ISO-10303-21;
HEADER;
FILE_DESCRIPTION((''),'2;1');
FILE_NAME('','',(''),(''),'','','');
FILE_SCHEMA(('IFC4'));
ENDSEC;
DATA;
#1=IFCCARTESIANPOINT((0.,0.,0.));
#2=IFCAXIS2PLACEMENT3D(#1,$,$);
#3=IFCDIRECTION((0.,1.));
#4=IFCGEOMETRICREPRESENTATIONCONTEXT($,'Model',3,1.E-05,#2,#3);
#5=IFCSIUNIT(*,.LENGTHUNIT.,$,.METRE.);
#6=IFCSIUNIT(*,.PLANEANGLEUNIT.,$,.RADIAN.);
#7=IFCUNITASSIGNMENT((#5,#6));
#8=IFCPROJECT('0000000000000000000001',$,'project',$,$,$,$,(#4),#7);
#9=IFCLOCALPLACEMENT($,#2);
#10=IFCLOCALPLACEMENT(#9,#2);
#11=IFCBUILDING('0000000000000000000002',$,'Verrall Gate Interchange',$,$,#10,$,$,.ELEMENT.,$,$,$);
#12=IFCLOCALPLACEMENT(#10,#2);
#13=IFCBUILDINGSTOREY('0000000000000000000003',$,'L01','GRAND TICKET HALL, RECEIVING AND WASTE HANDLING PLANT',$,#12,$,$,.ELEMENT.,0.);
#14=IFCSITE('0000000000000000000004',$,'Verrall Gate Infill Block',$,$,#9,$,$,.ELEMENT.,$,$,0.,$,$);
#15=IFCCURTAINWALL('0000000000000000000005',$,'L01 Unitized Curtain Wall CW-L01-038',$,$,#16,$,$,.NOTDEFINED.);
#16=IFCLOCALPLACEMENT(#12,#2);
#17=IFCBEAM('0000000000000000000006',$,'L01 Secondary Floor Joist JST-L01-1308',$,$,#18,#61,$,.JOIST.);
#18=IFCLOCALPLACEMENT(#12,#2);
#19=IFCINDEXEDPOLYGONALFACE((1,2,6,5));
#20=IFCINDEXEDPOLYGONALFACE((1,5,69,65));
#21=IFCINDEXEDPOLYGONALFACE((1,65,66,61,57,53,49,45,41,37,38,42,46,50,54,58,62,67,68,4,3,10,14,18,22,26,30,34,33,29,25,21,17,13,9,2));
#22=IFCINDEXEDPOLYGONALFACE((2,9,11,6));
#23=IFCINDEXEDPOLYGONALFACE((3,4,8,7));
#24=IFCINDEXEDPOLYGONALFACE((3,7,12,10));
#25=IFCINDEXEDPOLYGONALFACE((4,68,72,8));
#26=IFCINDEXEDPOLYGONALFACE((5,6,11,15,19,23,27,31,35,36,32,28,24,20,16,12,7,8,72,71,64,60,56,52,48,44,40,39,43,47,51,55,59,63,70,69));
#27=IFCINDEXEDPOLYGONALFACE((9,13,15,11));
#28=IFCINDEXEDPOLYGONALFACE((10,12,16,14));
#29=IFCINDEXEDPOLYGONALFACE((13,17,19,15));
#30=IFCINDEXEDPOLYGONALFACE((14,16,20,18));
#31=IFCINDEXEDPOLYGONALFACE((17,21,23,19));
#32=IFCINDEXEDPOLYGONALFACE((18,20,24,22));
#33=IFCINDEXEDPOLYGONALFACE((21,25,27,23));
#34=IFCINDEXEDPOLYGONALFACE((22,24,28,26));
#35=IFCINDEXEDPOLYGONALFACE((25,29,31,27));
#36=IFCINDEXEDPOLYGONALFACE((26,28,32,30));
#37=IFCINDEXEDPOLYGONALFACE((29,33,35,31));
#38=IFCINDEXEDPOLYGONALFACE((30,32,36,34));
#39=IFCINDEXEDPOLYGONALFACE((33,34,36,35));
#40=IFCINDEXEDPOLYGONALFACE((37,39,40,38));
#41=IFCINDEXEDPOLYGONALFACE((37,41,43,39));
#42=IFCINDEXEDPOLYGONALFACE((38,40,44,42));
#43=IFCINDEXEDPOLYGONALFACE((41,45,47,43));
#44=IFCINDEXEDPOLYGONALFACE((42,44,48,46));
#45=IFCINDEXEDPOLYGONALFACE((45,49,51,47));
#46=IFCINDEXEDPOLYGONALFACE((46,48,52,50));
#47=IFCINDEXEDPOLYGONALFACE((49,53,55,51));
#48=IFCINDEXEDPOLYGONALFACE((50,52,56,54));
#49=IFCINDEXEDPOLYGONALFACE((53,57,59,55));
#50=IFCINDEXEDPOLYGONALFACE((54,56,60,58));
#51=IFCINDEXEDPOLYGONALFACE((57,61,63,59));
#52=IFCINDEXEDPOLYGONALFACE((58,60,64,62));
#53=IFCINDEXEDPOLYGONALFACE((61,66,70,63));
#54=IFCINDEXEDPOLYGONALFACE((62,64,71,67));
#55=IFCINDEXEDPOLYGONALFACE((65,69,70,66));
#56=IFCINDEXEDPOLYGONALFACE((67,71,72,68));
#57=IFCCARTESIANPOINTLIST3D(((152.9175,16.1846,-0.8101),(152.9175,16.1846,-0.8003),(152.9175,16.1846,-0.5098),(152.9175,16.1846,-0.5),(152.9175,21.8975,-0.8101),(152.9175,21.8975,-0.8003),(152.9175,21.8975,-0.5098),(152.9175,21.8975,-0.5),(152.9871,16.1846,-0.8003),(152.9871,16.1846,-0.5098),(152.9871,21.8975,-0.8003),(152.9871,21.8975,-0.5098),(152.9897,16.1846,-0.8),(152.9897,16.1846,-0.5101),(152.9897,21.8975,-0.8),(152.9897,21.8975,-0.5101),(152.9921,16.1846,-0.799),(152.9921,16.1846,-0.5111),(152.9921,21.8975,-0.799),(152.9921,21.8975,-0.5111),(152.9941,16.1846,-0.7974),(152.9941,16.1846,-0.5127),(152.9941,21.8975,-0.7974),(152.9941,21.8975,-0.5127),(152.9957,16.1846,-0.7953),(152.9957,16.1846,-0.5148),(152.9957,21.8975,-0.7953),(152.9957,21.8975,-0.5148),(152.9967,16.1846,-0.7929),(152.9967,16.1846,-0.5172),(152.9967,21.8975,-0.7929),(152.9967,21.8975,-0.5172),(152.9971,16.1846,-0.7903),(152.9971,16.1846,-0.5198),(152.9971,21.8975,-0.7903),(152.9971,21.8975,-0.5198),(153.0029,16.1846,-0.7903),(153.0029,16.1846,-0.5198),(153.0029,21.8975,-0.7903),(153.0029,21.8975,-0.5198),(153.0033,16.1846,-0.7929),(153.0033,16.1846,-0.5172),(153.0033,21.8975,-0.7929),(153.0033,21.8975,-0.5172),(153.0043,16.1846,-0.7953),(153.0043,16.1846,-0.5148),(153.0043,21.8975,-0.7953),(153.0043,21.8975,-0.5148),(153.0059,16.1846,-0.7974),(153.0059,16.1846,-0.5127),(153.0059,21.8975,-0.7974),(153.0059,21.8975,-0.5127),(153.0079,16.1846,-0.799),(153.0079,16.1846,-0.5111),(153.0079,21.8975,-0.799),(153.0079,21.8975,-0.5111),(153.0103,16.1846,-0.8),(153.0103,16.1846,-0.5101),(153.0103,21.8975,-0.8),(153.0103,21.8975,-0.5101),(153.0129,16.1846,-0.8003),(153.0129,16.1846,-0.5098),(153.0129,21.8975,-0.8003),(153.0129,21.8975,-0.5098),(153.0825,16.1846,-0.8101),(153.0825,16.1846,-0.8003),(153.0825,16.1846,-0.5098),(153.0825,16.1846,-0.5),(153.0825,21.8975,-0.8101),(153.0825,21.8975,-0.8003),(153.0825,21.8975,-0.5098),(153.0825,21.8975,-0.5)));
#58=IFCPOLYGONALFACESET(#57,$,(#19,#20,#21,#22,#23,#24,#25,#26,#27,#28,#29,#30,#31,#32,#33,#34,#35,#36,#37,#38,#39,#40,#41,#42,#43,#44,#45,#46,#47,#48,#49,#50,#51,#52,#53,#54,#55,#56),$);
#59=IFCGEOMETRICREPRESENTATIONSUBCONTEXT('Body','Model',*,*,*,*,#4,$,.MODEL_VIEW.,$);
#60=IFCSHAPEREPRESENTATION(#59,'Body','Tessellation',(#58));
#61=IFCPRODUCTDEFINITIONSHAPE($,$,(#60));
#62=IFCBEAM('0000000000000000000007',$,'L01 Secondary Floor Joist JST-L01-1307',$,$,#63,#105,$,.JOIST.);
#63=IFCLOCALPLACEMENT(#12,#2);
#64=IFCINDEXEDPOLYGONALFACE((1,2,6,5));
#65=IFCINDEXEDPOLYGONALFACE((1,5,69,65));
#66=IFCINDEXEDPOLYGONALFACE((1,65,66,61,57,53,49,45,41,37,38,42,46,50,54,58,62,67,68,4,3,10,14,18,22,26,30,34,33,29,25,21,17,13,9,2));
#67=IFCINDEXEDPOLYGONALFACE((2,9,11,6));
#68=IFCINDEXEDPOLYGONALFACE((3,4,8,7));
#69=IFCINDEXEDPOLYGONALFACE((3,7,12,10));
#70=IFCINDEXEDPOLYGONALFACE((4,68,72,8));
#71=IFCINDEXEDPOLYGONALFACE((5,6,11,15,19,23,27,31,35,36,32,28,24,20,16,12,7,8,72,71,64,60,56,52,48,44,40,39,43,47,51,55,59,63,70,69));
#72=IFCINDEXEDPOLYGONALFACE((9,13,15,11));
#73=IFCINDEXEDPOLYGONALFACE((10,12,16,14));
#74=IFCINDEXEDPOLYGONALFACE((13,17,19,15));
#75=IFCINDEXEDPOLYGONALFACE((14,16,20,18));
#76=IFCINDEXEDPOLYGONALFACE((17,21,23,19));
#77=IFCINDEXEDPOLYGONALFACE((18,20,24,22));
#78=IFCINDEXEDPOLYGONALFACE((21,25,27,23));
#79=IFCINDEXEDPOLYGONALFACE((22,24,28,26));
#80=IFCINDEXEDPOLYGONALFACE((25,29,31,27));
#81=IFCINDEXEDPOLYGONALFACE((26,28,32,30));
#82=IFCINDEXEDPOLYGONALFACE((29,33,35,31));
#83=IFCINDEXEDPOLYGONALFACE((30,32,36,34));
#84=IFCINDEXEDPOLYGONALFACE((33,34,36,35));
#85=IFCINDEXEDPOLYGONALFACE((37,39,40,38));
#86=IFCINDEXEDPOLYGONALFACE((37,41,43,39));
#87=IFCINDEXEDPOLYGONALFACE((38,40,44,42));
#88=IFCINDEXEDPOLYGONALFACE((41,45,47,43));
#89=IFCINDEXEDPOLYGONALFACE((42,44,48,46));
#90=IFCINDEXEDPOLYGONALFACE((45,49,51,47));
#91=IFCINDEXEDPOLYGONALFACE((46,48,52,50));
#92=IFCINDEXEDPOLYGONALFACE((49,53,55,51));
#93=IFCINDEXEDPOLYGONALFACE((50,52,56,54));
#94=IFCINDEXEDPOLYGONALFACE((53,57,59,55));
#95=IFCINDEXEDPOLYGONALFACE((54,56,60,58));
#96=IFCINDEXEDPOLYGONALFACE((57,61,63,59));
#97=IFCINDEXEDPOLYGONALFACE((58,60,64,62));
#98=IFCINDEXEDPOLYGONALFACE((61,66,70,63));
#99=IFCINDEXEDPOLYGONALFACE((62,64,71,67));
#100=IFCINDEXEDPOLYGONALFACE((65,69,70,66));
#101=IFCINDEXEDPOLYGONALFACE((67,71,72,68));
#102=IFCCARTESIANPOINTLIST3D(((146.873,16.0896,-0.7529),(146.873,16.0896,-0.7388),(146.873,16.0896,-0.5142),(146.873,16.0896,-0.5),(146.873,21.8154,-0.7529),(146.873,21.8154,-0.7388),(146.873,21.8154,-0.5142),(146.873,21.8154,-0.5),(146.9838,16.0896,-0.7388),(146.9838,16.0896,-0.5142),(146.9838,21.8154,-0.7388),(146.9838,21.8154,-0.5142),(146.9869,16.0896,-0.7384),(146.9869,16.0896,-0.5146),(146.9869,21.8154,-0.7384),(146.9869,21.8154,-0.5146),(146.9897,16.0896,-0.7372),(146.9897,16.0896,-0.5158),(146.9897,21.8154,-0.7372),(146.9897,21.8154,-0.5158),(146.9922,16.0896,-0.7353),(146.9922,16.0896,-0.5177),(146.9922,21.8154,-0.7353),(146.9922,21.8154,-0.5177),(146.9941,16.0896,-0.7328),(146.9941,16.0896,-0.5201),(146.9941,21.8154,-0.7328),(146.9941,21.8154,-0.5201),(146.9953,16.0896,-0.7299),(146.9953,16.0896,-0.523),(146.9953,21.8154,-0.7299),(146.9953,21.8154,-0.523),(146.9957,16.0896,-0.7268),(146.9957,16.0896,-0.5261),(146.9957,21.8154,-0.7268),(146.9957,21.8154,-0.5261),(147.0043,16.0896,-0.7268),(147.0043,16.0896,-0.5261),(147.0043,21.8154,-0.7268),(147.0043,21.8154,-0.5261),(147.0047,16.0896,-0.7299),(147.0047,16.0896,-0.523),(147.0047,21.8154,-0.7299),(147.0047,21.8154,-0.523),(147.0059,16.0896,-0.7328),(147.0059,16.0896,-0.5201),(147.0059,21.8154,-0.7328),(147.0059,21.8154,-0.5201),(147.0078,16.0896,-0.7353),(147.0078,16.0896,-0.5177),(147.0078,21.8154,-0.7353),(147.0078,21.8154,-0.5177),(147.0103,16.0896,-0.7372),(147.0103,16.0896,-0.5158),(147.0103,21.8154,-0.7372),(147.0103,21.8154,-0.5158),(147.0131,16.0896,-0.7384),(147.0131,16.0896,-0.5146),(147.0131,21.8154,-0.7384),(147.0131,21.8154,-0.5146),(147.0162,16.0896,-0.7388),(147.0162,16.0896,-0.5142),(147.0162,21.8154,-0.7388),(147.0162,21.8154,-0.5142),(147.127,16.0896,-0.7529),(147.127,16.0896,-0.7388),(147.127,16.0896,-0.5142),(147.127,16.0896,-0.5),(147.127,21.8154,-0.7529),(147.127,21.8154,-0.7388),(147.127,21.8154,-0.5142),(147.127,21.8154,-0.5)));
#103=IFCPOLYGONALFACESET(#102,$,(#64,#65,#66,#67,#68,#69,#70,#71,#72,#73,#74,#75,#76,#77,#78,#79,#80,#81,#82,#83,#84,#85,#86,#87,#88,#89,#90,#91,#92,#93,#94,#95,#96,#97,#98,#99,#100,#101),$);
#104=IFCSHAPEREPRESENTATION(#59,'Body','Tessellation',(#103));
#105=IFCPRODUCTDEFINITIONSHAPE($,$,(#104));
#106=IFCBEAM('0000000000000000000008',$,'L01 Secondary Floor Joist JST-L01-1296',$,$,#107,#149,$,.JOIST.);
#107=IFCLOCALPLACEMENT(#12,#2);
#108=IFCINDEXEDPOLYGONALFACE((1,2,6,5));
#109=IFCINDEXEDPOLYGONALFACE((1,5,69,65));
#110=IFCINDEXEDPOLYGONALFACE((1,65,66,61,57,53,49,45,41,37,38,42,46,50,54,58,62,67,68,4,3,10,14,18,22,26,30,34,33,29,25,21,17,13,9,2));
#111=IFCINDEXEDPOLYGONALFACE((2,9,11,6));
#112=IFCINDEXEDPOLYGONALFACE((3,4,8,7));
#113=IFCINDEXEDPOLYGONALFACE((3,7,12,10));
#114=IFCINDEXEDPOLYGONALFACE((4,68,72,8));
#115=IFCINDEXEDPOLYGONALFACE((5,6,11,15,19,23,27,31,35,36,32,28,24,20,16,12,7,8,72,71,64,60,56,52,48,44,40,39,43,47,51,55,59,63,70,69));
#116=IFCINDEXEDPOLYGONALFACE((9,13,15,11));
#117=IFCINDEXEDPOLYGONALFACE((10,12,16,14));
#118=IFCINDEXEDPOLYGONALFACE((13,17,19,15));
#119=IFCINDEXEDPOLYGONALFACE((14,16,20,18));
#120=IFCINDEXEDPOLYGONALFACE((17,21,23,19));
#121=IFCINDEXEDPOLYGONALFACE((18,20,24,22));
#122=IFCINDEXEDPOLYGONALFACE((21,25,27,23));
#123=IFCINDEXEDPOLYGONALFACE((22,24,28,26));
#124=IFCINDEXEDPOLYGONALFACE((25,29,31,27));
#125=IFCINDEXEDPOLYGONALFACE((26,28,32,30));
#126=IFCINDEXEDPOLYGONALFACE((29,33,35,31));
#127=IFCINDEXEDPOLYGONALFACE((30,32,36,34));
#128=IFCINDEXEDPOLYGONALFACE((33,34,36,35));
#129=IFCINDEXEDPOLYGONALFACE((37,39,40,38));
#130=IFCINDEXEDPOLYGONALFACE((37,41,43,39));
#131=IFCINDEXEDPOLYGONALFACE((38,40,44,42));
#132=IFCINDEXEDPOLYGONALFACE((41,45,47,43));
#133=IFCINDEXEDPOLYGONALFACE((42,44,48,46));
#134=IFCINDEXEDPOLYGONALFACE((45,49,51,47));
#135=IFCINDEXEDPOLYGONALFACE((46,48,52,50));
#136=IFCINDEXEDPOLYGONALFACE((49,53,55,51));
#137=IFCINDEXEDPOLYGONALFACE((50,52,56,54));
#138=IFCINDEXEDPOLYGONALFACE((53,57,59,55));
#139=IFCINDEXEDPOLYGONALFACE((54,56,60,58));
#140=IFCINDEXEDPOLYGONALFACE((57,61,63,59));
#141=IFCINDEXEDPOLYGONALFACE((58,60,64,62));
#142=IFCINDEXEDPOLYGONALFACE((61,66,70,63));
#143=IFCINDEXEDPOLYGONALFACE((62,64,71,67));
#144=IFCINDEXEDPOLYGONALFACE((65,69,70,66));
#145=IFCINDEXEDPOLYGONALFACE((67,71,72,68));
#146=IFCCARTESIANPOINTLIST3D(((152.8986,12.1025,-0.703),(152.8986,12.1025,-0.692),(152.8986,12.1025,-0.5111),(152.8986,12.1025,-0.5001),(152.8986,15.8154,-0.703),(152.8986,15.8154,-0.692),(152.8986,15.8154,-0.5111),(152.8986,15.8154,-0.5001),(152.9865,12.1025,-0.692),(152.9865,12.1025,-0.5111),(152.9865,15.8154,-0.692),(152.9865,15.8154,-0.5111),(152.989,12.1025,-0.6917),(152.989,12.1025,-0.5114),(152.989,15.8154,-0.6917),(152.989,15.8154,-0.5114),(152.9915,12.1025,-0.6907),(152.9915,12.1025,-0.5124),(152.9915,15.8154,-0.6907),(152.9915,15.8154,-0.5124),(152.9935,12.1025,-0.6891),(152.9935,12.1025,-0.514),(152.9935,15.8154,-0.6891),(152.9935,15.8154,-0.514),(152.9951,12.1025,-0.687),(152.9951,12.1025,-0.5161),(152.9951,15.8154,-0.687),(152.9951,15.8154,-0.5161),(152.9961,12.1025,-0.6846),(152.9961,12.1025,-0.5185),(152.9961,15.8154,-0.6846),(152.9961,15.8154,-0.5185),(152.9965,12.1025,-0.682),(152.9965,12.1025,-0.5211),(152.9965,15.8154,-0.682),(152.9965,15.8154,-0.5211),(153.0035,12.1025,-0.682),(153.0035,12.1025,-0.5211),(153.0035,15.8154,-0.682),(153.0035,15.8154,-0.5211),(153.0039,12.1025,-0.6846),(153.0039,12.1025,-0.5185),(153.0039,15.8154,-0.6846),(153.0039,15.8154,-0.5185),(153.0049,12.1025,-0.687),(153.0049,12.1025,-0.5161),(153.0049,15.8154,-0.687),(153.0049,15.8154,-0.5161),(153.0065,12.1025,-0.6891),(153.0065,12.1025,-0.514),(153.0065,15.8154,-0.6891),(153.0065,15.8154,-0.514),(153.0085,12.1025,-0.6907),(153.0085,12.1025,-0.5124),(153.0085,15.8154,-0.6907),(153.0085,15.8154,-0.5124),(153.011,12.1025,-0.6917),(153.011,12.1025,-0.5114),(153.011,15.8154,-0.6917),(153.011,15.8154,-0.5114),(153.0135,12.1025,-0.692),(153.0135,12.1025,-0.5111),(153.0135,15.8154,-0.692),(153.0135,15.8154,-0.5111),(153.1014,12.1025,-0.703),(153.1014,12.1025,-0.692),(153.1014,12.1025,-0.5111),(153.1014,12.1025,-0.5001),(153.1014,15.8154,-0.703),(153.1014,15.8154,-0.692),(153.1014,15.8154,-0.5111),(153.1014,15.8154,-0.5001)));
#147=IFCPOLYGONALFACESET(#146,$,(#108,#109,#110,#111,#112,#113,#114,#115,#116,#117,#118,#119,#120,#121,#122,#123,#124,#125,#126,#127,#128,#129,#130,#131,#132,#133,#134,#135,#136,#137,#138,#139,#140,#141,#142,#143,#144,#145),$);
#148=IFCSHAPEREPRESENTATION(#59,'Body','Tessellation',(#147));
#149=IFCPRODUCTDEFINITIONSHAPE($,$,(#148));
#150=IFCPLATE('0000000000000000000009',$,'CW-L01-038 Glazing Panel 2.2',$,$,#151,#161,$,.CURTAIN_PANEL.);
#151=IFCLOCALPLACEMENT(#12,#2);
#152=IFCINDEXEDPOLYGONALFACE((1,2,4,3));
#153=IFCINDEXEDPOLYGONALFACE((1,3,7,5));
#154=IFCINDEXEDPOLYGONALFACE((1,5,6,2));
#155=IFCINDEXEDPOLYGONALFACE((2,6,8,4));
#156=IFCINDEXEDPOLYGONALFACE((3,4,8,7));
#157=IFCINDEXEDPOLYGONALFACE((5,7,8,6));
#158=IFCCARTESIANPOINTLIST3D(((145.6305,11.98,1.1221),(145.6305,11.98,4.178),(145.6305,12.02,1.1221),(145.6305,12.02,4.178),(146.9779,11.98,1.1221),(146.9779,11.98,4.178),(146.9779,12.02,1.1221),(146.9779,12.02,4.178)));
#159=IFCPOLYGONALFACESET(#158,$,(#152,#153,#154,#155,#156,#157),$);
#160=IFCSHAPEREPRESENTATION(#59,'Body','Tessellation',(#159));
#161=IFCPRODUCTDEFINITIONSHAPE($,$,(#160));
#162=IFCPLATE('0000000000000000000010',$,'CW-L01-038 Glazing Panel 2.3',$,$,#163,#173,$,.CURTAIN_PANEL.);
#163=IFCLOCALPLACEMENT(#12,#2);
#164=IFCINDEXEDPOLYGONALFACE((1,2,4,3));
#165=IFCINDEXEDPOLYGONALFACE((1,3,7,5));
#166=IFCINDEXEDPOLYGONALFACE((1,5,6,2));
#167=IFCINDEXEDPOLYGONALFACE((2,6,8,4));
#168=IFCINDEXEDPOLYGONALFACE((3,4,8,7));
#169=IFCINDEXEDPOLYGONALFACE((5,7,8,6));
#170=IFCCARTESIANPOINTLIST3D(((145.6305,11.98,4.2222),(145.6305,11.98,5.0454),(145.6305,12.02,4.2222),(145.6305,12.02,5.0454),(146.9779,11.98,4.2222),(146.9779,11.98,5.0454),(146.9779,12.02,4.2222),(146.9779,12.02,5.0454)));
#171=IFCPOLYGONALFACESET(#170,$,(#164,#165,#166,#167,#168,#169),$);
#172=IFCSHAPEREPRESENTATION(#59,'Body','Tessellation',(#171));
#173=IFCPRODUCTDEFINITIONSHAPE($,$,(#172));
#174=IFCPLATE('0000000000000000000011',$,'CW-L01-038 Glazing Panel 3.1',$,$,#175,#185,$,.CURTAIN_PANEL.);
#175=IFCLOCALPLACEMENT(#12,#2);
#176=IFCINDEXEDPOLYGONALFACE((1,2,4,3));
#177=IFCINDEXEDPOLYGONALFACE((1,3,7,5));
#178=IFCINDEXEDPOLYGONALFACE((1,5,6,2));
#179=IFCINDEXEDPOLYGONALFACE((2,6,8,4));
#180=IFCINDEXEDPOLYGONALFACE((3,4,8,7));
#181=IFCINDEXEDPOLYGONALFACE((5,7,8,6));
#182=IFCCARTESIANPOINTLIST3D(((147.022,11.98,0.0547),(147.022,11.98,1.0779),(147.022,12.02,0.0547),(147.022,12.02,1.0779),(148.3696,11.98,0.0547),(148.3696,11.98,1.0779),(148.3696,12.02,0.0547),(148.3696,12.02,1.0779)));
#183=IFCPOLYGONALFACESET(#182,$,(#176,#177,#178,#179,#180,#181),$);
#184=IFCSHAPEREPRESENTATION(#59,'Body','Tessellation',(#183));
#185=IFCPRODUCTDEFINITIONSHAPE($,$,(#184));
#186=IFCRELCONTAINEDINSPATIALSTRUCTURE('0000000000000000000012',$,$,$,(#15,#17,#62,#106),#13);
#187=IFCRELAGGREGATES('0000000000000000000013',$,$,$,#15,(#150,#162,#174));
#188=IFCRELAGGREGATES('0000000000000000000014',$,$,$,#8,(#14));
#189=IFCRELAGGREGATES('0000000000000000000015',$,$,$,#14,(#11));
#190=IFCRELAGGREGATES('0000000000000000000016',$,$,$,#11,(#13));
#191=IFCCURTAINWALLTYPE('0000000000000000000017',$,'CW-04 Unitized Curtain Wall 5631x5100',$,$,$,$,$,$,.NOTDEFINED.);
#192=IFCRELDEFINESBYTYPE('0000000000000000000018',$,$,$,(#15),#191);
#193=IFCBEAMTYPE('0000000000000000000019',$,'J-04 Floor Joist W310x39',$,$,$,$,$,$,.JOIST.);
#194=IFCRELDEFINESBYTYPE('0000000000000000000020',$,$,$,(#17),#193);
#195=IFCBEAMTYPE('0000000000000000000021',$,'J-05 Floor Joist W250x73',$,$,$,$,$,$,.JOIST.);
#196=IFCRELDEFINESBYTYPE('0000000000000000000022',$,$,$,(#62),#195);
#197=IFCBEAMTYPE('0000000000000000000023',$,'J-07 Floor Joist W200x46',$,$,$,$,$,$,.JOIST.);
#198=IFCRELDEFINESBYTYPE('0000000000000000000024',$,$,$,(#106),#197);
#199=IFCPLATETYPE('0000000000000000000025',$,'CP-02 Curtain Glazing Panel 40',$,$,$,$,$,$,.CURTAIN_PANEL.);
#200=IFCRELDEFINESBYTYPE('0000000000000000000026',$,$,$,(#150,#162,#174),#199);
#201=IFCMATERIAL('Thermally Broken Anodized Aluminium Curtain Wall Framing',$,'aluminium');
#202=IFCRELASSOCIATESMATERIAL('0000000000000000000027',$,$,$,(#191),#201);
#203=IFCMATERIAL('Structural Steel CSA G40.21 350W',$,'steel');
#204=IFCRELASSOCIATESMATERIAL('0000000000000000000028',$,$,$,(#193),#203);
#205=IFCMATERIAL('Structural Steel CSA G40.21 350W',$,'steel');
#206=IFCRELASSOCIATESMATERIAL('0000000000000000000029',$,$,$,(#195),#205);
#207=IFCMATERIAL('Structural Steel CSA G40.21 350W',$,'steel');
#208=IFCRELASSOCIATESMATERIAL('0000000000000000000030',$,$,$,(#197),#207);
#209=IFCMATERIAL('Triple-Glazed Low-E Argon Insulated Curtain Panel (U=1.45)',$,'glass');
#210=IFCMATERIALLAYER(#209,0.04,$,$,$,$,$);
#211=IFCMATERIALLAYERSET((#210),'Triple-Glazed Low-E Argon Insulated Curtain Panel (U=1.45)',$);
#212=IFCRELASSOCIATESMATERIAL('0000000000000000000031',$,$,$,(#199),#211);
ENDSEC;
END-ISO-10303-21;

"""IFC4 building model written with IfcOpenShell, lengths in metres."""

from ifc_helpers import new_model, si_unit, direction, frame, origin, origin_2d, place, context, subcontext, project, spatial, rectangle, i_section, extrude, material, layer, layer_set, material_profile, profile_set, type_object, element, aggregate, save


model = new_model("IFC4")

# Units and contexts
model_context = context("Model", 3, precision=1e-05, world=origin(), true_north=direction((0.0, 1.0)))
body_context = subcontext(model_context, "Body", "Model", "MODEL_VIEW")
ifc_project = project(units=[si_unit("LENGTHUNIT", "METRE"), si_unit("PLANEANGLEUNIT", "RADIAN")], contexts=[model_context])

# Site, building, storey
site_placement = place(None, origin())
site = spatial("IfcSite", under=ifc_project, at=site_placement, Name="Verrall Gate Infill Block", CompositionType="ELEMENT", RefElevation=0.0)
building_placement = place(site_placement, origin())
building = spatial("IfcBuilding", under=site, at=building_placement, Name="Verrall Gate Interchange", CompositionType="ELEMENT")
storey_placement = place(building_placement, origin())
storey = spatial("IfcBuildingStorey", under=building, at=storey_placement, Name="L01", Description="GRAND TICKET HALL, RECEIVING AND WASTE HANDLING PLANT", CompositionType="ELEMENT", Elevation=0.0)

# Curtain wall
ifc_material_1 = material(Name="Thermally Broken Anodized Aluminium Curtain Wall Framing", Category="aluminium")
curtain_wall_type = type_object("IfcCurtainWallType", Name="CW-04 Unitized Curtain Wall 5631x5100", PredefinedType="NOTDEFINED", material=ifc_material_1)
curtain_wall_placement = place(storey_placement, origin())
curtain_wall = element("IfcCurtainWall", 1, at=curtain_wall_placement, inside=storey, type_object=curtain_wall_type, Name="L01 Unitized Curtain Wall CW-L01-038", PredefinedType="NOTDEFINED")

# Beams
ifc_material_2 = material(Name="Structural Steel CSA G40.21 350W", Category="steel")
ifc_material_profile_1 = material_profile(ifc_material_2, i_section(OverallWidth=0.165, OverallDepth=0.3101, WebThickness=0.0059, FlangeThickness=0.0098, FilletRadius=0.01, at=origin_2d()), Name="W310x39")
ifc_profile_set_1 = profile_set([ifc_material_profile_1], Name="Structural Steel CSA G40.21 350W")
beam_type_1 = type_object("IfcBeamType", Name="J-04 Floor Joist W310x39", PredefinedType="JOIST", material=ifc_profile_set_1)
beam_1_placement = place(storey_placement, frame((153.0, 16.1846, -0.655), z_axis=(0.0, 1.0, 0.0), x_axis=(-1.0, 0.0, 0.0)))
element("IfcBeam", 2, at=beam_1_placement, inside=storey, type_object=beam_type_1, Name="L01 Secondary Floor Joist JST-L01-1308", PredefinedType="JOIST", context=body_context, shape_type="SweptSolid", body=[
    extrude(i_section(OverallWidth=0.165, OverallDepth=0.3101, WebThickness=0.0059, FlangeThickness=0.0098, FilletRadius=0.01, at=origin_2d()), origin(), (0.0, 0.0, 1.0), 5.7129),
])
ifc_material_3 = material(Name="Structural Steel CSA G40.21 350W", Category="steel")
ifc_material_profile_2 = material_profile(ifc_material_3, i_section(OverallWidth=0.2539, OverallDepth=0.2529, WebThickness=0.0085, FlangeThickness=0.0142, FilletRadius=0.012, at=origin_2d()), Name="W250x73")
ifc_profile_set_2 = profile_set([ifc_material_profile_2], Name="Structural Steel CSA G40.21 350W")
beam_type_2 = type_object("IfcBeamType", Name="J-05 Floor Joist W250x73", PredefinedType="JOIST", material=ifc_profile_set_2)
beam_2_placement = place(storey_placement, frame((147.0, 16.0896, -0.6265), z_axis=(0.0, 1.0, 0.0), x_axis=(-1.0, 0.0, 0.0)))
element("IfcBeam", 3, at=beam_2_placement, inside=storey, type_object=beam_type_2, Name="L01 Secondary Floor Joist JST-L01-1307", PredefinedType="JOIST", context=body_context, shape_type="SweptSolid", body=[
    extrude(i_section(OverallWidth=0.2539, OverallDepth=0.2529, WebThickness=0.0085, FlangeThickness=0.0142, FilletRadius=0.012, at=origin_2d()), origin(), (0.0, 0.0, 1.0), 5.7258),
])
ifc_material_4 = material(Name="Structural Steel CSA G40.21 350W", Category="steel")
ifc_material_profile_3 = material_profile(ifc_material_4, i_section(OverallWidth=0.2029, OverallDepth=0.2029, WebThickness=0.0071, FlangeThickness=0.011, FilletRadius=0.01, at=origin_2d()), Name="W200x46")
ifc_profile_set_3 = profile_set([ifc_material_profile_3], Name="Structural Steel CSA G40.21 350W")
beam_type_3 = type_object("IfcBeamType", Name="J-07 Floor Joist W200x46", PredefinedType="JOIST", material=ifc_profile_set_3)
beam_3_placement = place(storey_placement, frame((153.0, 12.1025, -0.6016), z_axis=(0.0, 1.0, 0.0), x_axis=(-1.0, 0.0, 0.0)))
element("IfcBeam", 4, at=beam_3_placement, inside=storey, type_object=beam_type_3, Name="L01 Secondary Floor Joist JST-L01-1296", PredefinedType="JOIST", context=body_context, shape_type="SweptSolid", body=[
    extrude(i_section(OverallWidth=0.2029, OverallDepth=0.2029, WebThickness=0.0071, FlangeThickness=0.011, FilletRadius=0.01, at=origin_2d()), origin(), (0.0, 0.0, 1.0), 3.7129),
])

# Plates
ifc_material_5 = material(Name="Triple-Glazed Low-E Argon Insulated Curtain Panel (U=1.45)", Category="glass")
ifc_layer = layer(ifc_material_5, 0.04)
ifc_layer_set = layer_set([ifc_layer], Name="Triple-Glazed Low-E Argon Insulated Curtain Panel (U=1.45)")
plate_type = type_object("IfcPlateType", Name="CP-02 Curtain Glazing Panel 40", PredefinedType="CURTAIN_PANEL", material=ifc_layer_set)
plate_1_placement = place(storey_placement, frame((146.3042, 12.0, 1.1221), z_axis=(0.0, 0.0, 1.0), x_axis=(1.0, 0.0, 0.0)))
plate_1 = element("IfcPlate", 5, at=plate_1_placement, type_object=plate_type, Name="CW-L01-038 Glazing Panel 2.2", PredefinedType="CURTAIN_PANEL", context=body_context, shape_type="SweptSolid", body=[
    extrude(rectangle(XDim=1.3474, YDim=0.04, at=origin_2d()), origin(), (0.0, 0.0, 1.0), 3.0559),
])
plate_2_placement = place(storey_placement, frame((146.3042, 12.0, 4.2222), z_axis=(0.0, 0.0, 1.0), x_axis=(1.0, 0.0, 0.0)))
plate_2 = element("IfcPlate", 6, at=plate_2_placement, type_object=plate_type, Name="CW-L01-038 Glazing Panel 2.3", PredefinedType="CURTAIN_PANEL", context=body_context, shape_type="SweptSolid", body=[
    extrude(rectangle(XDim=1.3474, YDim=0.04, at=origin_2d()), origin(), (0.0, 0.0, 1.0), 0.8232),
])
plate_3_placement = place(storey_placement, frame((147.6958, 12.0, 0.0547), z_axis=(0.0, 0.0, 1.0), x_axis=(1.0, 0.0, 0.0)))
plate_3 = element("IfcPlate", 7, at=plate_3_placement, type_object=plate_type, Name="CW-L01-038 Glazing Panel 3.1", PredefinedType="CURTAIN_PANEL", context=body_context, shape_type="SweptSolid", body=[
    extrude(rectangle(XDim=1.3477, YDim=0.04, at=origin_2d()), origin(), (0.0, 0.0, 1.0), 1.0232),
])
aggregate(curtain_wall, [plate_1, plate_2, plate_3])

save(model, "model.ifc")
